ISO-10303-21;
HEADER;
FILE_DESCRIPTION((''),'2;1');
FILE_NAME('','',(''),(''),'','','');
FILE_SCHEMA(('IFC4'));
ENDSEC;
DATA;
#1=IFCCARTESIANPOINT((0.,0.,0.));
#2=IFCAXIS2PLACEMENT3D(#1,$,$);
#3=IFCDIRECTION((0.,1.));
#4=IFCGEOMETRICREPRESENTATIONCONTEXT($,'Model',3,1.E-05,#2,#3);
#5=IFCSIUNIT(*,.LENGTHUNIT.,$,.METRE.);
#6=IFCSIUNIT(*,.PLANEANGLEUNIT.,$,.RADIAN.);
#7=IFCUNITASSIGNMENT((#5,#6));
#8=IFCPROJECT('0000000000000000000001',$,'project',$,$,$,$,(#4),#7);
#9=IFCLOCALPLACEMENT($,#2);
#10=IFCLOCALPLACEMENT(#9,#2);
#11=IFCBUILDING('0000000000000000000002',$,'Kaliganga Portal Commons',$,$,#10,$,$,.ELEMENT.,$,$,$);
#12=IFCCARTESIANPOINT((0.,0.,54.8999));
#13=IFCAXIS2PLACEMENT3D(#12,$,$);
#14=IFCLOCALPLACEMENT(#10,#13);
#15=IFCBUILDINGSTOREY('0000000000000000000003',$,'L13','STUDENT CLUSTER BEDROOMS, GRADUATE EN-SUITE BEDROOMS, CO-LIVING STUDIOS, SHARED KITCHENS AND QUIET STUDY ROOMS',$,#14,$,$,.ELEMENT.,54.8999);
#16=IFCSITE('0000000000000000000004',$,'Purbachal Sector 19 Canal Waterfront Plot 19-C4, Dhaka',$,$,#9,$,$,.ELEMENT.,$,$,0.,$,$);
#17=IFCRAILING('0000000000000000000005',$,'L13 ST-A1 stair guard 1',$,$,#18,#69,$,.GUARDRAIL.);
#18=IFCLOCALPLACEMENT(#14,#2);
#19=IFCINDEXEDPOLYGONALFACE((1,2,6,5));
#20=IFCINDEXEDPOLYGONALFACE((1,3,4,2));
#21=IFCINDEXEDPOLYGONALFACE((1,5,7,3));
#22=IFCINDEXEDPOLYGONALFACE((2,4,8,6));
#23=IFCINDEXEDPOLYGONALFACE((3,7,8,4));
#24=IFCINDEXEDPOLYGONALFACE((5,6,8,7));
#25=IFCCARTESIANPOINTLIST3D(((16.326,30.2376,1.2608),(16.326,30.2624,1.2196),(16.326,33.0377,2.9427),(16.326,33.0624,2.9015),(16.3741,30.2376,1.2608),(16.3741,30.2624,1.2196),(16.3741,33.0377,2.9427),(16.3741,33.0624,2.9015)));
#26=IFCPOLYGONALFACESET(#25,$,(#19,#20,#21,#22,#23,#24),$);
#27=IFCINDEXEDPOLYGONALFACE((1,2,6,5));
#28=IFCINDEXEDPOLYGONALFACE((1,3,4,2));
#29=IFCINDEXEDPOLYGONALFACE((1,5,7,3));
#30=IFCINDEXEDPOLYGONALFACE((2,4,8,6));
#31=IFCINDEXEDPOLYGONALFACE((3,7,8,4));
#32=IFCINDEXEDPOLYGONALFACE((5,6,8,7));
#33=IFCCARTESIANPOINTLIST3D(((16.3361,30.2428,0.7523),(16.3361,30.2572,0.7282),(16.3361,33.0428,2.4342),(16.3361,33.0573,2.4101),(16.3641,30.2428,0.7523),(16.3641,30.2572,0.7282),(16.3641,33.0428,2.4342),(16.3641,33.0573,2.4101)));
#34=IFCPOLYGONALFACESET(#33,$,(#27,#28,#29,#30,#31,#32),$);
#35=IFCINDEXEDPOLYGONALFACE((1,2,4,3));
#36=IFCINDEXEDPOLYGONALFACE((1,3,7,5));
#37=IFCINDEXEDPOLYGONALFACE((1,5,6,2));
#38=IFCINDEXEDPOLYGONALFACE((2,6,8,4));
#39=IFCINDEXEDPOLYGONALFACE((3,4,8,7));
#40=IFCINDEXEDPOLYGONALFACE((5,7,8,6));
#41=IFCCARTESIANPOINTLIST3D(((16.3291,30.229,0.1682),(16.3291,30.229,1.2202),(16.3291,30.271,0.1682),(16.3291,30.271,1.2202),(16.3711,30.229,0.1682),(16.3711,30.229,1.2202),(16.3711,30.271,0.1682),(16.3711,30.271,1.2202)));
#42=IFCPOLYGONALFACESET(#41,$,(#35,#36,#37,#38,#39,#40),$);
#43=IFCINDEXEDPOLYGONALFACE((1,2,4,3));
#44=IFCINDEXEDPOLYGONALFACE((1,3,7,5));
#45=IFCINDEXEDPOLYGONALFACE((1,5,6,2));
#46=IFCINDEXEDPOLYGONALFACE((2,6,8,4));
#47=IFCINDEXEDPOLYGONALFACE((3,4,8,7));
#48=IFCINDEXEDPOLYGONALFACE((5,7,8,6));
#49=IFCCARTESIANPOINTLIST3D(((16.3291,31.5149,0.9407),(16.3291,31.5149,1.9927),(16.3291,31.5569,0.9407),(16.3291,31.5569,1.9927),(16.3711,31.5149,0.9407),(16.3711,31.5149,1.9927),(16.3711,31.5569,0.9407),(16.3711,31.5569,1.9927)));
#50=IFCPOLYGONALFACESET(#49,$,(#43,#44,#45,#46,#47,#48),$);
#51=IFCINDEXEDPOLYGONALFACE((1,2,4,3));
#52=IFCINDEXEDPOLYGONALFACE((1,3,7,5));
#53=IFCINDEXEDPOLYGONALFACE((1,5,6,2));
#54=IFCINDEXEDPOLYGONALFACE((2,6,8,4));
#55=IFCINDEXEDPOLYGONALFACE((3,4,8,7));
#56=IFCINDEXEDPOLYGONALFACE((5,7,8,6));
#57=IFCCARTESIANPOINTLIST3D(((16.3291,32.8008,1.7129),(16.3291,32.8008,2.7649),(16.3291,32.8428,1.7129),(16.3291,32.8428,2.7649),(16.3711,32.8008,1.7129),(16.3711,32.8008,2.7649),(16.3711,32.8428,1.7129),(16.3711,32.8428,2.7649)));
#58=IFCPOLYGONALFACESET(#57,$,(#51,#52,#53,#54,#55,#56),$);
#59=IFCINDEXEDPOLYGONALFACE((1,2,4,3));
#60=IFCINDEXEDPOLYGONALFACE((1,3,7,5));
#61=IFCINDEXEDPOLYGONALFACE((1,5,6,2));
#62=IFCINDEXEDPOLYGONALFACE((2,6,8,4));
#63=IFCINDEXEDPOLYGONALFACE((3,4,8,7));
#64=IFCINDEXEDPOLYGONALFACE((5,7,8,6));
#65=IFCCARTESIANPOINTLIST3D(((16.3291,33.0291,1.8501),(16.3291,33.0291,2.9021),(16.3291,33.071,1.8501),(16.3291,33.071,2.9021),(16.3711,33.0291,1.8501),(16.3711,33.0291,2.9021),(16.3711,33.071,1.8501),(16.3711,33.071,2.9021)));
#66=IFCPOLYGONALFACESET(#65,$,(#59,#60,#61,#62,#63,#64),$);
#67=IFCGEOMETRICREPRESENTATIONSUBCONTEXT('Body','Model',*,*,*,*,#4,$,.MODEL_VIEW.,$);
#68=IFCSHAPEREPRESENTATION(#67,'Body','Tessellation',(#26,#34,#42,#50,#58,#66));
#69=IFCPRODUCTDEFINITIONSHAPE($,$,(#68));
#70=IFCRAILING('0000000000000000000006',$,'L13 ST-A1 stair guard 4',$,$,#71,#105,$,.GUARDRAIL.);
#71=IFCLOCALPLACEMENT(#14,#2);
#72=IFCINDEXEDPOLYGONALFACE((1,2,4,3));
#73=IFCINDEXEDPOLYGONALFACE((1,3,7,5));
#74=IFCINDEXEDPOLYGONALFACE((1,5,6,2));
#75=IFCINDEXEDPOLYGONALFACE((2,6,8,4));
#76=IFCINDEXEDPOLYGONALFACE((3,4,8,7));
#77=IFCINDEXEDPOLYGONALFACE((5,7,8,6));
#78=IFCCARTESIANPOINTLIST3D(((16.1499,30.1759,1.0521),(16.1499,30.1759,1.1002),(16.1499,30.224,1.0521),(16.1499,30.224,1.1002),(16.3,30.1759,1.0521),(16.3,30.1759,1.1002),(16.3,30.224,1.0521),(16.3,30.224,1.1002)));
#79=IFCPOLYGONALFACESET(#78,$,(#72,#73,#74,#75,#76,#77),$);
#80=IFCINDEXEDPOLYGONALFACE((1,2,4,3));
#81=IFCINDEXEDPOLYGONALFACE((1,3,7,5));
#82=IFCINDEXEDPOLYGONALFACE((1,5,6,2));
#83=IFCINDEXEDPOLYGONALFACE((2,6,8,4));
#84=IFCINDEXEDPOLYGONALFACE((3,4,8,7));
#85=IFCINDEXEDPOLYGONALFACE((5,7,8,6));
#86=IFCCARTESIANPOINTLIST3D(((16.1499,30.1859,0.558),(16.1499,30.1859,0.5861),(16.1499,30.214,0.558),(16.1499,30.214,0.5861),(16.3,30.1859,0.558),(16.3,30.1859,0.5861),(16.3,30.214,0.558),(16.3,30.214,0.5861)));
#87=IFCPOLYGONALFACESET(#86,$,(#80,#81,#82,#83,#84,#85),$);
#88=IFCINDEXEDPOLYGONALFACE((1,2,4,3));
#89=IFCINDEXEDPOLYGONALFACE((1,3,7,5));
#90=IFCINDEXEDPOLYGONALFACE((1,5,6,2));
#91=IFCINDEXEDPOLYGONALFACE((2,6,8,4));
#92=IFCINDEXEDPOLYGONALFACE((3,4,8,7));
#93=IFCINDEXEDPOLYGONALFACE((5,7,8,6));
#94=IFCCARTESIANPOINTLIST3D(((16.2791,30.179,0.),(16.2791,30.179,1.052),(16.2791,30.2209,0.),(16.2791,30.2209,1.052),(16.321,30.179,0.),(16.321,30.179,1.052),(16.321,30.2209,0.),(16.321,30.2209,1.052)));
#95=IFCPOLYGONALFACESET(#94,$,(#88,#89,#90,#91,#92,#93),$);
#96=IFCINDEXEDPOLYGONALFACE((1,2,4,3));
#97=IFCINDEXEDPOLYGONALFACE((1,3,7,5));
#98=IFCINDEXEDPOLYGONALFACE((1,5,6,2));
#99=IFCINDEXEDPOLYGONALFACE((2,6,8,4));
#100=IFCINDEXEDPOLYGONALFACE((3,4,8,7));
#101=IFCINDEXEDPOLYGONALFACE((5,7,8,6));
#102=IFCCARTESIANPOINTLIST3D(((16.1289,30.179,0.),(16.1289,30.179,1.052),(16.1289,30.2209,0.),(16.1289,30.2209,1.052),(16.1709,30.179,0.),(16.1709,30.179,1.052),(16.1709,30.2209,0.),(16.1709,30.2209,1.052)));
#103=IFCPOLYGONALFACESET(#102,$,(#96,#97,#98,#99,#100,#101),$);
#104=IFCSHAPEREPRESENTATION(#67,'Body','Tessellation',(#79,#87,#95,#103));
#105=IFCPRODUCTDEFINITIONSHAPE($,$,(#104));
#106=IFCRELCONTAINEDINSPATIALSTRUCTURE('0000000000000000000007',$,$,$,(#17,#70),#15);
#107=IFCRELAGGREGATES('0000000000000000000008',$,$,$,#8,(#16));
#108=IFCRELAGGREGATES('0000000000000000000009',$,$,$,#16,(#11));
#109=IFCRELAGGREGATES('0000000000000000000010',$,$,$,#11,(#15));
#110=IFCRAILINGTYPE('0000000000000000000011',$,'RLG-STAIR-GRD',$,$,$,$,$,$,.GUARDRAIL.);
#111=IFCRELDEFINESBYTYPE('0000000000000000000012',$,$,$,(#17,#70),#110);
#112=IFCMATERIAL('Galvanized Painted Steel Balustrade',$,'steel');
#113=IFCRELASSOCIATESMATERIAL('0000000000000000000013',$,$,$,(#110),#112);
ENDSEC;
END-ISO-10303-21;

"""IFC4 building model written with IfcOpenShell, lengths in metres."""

from ifc_helpers import new_model, si_unit, direction, frame, origin, origin_2d, place, context, subcontext, project, spatial, rectangle, extrude, material, type_object, element, save


model = new_model("IFC4")

# Units and contexts
model_context = context("Model", 3, precision=1e-05, world=origin(), true_north=direction((0.0, 1.0)))
body_context = subcontext(model_context, "Body", "Model", "MODEL_VIEW")
ifc_project = project(units=[si_unit("LENGTHUNIT", "METRE"), si_unit("PLANEANGLEUNIT", "RADIAN")], contexts=[model_context])

# Site, building, storey
site_placement = place(None, origin())
site = spatial("IfcSite", under=ifc_project, at=site_placement, Name="Purbachal Sector 19 Canal Waterfront Plot 19-C4, Dhaka", CompositionType="ELEMENT", RefElevation=0.0)
building_placement = place(site_placement, origin())
building = spatial("IfcBuilding", under=site, at=building_placement, Name="Kaliganga Portal Commons", CompositionType="ELEMENT")
storey_placement = place(building_placement, frame((0.0, 0.0, 54.8999)))
storey = spatial("IfcBuildingStorey", under=building, at=storey_placement, Name="L13", Description="STUDENT CLUSTER BEDROOMS, GRADUATE EN-SUITE BEDROOMS, CO-LIVING STUDIOS, SHARED KITCHENS AND QUIET STUDY ROOMS", CompositionType="ELEMENT", Elevation=54.8999)

# Railings
ifc_material_1 = material(Name="Galvanized Painted Steel Balustrade", Category="steel")
railing_type = type_object("IfcRailingType", Name="RLG-STAIR-GRD", PredefinedType="GUARDRAIL", material=ifc_material_1)
railing_1_placement = place(storey_placement, frame((16.3501, 30.25, 0.1682)))
element("IfcRailing", 1, at=railing_1_placement, inside=storey, type_object=railing_type, Name="L13 ST-A1 stair guard 1", PredefinedType="GUARDRAIL", context=body_context, shape_type="SweptSolid", body=[
    extrude(rectangle(XDim=0.0481, YDim=0.0481, at=origin_2d()), frame((0.0, 0.0, 1.072), z_axis=(0.0, 0.857242, 0.514913), x_axis=(-1.0, 0.0, 0.0)), (0.0, 0.0, 1.0), 3.2664),
    extrude(rectangle(XDim=0.0281, YDim=0.0281, at=origin_2d()), frame((0.0, 0.0, 0.572), z_axis=(0.0, 0.857242, 0.514913), x_axis=(-1.0, 0.0, 0.0)), (0.0, 0.0, 1.0), 3.2664),
    extrude(rectangle(XDim=0.042, YDim=0.042, at=origin_2d()), origin(), (0.0, 0.0, 1.0), 1.052),
    extrude(rectangle(XDim=0.042, YDim=0.042, at=origin_2d()), frame((0.0, 1.2859, 0.7725)), (0.0, 0.0, 1.0), 1.052),
    extrude(rectangle(XDim=0.042, YDim=0.042, at=origin_2d()), frame((0.0, 2.5718, 1.5447)), (0.0, 0.0, 1.0), 1.052),
    extrude(rectangle(XDim=0.042, YDim=0.042, at=origin_2d()), frame((0.0, 2.8, 1.6819)), (0.0, 0.0, 1.0), 1.052),
])
railing_2_placement = place(storey_placement, frame((16.3, 30.2, 0.0)))
element("IfcRailing", 2, at=railing_2_placement, inside=storey, type_object=railing_type, Name="L13 ST-A1 stair guard 4", PredefinedType="GUARDRAIL", context=body_context, shape_type="SweptSolid", body=[
    extrude(rectangle(XDim=0.0481, YDim=0.0481, at=origin_2d()), frame((0.0, 0.0, 1.0762), z_axis=(-1.0, 0.0, 0.0), x_axis=(0.0, -1.0, 0.0)), (0.0, 0.0, 1.0), 0.1501),
    extrude(rectangle(XDim=0.0281, YDim=0.0281, at=origin_2d()), frame((0.0, 0.0, 0.572), z_axis=(-1.0, 0.0, 0.0), x_axis=(0.0, -1.0, 0.0)), (0.0, 0.0, 1.0), 0.1501),
    extrude(rectangle(XDim=0.042, YDim=0.042, at=origin_2d()), origin(), (0.0, 0.0, 1.0), 1.052),
    extrude(rectangle(XDim=0.042, YDim=0.042, at=origin_2d()), frame((-0.1501, 0.0, 0.0)), (0.0, 0.0, 1.0), 1.052),
])

save(model, "model.ifc")
